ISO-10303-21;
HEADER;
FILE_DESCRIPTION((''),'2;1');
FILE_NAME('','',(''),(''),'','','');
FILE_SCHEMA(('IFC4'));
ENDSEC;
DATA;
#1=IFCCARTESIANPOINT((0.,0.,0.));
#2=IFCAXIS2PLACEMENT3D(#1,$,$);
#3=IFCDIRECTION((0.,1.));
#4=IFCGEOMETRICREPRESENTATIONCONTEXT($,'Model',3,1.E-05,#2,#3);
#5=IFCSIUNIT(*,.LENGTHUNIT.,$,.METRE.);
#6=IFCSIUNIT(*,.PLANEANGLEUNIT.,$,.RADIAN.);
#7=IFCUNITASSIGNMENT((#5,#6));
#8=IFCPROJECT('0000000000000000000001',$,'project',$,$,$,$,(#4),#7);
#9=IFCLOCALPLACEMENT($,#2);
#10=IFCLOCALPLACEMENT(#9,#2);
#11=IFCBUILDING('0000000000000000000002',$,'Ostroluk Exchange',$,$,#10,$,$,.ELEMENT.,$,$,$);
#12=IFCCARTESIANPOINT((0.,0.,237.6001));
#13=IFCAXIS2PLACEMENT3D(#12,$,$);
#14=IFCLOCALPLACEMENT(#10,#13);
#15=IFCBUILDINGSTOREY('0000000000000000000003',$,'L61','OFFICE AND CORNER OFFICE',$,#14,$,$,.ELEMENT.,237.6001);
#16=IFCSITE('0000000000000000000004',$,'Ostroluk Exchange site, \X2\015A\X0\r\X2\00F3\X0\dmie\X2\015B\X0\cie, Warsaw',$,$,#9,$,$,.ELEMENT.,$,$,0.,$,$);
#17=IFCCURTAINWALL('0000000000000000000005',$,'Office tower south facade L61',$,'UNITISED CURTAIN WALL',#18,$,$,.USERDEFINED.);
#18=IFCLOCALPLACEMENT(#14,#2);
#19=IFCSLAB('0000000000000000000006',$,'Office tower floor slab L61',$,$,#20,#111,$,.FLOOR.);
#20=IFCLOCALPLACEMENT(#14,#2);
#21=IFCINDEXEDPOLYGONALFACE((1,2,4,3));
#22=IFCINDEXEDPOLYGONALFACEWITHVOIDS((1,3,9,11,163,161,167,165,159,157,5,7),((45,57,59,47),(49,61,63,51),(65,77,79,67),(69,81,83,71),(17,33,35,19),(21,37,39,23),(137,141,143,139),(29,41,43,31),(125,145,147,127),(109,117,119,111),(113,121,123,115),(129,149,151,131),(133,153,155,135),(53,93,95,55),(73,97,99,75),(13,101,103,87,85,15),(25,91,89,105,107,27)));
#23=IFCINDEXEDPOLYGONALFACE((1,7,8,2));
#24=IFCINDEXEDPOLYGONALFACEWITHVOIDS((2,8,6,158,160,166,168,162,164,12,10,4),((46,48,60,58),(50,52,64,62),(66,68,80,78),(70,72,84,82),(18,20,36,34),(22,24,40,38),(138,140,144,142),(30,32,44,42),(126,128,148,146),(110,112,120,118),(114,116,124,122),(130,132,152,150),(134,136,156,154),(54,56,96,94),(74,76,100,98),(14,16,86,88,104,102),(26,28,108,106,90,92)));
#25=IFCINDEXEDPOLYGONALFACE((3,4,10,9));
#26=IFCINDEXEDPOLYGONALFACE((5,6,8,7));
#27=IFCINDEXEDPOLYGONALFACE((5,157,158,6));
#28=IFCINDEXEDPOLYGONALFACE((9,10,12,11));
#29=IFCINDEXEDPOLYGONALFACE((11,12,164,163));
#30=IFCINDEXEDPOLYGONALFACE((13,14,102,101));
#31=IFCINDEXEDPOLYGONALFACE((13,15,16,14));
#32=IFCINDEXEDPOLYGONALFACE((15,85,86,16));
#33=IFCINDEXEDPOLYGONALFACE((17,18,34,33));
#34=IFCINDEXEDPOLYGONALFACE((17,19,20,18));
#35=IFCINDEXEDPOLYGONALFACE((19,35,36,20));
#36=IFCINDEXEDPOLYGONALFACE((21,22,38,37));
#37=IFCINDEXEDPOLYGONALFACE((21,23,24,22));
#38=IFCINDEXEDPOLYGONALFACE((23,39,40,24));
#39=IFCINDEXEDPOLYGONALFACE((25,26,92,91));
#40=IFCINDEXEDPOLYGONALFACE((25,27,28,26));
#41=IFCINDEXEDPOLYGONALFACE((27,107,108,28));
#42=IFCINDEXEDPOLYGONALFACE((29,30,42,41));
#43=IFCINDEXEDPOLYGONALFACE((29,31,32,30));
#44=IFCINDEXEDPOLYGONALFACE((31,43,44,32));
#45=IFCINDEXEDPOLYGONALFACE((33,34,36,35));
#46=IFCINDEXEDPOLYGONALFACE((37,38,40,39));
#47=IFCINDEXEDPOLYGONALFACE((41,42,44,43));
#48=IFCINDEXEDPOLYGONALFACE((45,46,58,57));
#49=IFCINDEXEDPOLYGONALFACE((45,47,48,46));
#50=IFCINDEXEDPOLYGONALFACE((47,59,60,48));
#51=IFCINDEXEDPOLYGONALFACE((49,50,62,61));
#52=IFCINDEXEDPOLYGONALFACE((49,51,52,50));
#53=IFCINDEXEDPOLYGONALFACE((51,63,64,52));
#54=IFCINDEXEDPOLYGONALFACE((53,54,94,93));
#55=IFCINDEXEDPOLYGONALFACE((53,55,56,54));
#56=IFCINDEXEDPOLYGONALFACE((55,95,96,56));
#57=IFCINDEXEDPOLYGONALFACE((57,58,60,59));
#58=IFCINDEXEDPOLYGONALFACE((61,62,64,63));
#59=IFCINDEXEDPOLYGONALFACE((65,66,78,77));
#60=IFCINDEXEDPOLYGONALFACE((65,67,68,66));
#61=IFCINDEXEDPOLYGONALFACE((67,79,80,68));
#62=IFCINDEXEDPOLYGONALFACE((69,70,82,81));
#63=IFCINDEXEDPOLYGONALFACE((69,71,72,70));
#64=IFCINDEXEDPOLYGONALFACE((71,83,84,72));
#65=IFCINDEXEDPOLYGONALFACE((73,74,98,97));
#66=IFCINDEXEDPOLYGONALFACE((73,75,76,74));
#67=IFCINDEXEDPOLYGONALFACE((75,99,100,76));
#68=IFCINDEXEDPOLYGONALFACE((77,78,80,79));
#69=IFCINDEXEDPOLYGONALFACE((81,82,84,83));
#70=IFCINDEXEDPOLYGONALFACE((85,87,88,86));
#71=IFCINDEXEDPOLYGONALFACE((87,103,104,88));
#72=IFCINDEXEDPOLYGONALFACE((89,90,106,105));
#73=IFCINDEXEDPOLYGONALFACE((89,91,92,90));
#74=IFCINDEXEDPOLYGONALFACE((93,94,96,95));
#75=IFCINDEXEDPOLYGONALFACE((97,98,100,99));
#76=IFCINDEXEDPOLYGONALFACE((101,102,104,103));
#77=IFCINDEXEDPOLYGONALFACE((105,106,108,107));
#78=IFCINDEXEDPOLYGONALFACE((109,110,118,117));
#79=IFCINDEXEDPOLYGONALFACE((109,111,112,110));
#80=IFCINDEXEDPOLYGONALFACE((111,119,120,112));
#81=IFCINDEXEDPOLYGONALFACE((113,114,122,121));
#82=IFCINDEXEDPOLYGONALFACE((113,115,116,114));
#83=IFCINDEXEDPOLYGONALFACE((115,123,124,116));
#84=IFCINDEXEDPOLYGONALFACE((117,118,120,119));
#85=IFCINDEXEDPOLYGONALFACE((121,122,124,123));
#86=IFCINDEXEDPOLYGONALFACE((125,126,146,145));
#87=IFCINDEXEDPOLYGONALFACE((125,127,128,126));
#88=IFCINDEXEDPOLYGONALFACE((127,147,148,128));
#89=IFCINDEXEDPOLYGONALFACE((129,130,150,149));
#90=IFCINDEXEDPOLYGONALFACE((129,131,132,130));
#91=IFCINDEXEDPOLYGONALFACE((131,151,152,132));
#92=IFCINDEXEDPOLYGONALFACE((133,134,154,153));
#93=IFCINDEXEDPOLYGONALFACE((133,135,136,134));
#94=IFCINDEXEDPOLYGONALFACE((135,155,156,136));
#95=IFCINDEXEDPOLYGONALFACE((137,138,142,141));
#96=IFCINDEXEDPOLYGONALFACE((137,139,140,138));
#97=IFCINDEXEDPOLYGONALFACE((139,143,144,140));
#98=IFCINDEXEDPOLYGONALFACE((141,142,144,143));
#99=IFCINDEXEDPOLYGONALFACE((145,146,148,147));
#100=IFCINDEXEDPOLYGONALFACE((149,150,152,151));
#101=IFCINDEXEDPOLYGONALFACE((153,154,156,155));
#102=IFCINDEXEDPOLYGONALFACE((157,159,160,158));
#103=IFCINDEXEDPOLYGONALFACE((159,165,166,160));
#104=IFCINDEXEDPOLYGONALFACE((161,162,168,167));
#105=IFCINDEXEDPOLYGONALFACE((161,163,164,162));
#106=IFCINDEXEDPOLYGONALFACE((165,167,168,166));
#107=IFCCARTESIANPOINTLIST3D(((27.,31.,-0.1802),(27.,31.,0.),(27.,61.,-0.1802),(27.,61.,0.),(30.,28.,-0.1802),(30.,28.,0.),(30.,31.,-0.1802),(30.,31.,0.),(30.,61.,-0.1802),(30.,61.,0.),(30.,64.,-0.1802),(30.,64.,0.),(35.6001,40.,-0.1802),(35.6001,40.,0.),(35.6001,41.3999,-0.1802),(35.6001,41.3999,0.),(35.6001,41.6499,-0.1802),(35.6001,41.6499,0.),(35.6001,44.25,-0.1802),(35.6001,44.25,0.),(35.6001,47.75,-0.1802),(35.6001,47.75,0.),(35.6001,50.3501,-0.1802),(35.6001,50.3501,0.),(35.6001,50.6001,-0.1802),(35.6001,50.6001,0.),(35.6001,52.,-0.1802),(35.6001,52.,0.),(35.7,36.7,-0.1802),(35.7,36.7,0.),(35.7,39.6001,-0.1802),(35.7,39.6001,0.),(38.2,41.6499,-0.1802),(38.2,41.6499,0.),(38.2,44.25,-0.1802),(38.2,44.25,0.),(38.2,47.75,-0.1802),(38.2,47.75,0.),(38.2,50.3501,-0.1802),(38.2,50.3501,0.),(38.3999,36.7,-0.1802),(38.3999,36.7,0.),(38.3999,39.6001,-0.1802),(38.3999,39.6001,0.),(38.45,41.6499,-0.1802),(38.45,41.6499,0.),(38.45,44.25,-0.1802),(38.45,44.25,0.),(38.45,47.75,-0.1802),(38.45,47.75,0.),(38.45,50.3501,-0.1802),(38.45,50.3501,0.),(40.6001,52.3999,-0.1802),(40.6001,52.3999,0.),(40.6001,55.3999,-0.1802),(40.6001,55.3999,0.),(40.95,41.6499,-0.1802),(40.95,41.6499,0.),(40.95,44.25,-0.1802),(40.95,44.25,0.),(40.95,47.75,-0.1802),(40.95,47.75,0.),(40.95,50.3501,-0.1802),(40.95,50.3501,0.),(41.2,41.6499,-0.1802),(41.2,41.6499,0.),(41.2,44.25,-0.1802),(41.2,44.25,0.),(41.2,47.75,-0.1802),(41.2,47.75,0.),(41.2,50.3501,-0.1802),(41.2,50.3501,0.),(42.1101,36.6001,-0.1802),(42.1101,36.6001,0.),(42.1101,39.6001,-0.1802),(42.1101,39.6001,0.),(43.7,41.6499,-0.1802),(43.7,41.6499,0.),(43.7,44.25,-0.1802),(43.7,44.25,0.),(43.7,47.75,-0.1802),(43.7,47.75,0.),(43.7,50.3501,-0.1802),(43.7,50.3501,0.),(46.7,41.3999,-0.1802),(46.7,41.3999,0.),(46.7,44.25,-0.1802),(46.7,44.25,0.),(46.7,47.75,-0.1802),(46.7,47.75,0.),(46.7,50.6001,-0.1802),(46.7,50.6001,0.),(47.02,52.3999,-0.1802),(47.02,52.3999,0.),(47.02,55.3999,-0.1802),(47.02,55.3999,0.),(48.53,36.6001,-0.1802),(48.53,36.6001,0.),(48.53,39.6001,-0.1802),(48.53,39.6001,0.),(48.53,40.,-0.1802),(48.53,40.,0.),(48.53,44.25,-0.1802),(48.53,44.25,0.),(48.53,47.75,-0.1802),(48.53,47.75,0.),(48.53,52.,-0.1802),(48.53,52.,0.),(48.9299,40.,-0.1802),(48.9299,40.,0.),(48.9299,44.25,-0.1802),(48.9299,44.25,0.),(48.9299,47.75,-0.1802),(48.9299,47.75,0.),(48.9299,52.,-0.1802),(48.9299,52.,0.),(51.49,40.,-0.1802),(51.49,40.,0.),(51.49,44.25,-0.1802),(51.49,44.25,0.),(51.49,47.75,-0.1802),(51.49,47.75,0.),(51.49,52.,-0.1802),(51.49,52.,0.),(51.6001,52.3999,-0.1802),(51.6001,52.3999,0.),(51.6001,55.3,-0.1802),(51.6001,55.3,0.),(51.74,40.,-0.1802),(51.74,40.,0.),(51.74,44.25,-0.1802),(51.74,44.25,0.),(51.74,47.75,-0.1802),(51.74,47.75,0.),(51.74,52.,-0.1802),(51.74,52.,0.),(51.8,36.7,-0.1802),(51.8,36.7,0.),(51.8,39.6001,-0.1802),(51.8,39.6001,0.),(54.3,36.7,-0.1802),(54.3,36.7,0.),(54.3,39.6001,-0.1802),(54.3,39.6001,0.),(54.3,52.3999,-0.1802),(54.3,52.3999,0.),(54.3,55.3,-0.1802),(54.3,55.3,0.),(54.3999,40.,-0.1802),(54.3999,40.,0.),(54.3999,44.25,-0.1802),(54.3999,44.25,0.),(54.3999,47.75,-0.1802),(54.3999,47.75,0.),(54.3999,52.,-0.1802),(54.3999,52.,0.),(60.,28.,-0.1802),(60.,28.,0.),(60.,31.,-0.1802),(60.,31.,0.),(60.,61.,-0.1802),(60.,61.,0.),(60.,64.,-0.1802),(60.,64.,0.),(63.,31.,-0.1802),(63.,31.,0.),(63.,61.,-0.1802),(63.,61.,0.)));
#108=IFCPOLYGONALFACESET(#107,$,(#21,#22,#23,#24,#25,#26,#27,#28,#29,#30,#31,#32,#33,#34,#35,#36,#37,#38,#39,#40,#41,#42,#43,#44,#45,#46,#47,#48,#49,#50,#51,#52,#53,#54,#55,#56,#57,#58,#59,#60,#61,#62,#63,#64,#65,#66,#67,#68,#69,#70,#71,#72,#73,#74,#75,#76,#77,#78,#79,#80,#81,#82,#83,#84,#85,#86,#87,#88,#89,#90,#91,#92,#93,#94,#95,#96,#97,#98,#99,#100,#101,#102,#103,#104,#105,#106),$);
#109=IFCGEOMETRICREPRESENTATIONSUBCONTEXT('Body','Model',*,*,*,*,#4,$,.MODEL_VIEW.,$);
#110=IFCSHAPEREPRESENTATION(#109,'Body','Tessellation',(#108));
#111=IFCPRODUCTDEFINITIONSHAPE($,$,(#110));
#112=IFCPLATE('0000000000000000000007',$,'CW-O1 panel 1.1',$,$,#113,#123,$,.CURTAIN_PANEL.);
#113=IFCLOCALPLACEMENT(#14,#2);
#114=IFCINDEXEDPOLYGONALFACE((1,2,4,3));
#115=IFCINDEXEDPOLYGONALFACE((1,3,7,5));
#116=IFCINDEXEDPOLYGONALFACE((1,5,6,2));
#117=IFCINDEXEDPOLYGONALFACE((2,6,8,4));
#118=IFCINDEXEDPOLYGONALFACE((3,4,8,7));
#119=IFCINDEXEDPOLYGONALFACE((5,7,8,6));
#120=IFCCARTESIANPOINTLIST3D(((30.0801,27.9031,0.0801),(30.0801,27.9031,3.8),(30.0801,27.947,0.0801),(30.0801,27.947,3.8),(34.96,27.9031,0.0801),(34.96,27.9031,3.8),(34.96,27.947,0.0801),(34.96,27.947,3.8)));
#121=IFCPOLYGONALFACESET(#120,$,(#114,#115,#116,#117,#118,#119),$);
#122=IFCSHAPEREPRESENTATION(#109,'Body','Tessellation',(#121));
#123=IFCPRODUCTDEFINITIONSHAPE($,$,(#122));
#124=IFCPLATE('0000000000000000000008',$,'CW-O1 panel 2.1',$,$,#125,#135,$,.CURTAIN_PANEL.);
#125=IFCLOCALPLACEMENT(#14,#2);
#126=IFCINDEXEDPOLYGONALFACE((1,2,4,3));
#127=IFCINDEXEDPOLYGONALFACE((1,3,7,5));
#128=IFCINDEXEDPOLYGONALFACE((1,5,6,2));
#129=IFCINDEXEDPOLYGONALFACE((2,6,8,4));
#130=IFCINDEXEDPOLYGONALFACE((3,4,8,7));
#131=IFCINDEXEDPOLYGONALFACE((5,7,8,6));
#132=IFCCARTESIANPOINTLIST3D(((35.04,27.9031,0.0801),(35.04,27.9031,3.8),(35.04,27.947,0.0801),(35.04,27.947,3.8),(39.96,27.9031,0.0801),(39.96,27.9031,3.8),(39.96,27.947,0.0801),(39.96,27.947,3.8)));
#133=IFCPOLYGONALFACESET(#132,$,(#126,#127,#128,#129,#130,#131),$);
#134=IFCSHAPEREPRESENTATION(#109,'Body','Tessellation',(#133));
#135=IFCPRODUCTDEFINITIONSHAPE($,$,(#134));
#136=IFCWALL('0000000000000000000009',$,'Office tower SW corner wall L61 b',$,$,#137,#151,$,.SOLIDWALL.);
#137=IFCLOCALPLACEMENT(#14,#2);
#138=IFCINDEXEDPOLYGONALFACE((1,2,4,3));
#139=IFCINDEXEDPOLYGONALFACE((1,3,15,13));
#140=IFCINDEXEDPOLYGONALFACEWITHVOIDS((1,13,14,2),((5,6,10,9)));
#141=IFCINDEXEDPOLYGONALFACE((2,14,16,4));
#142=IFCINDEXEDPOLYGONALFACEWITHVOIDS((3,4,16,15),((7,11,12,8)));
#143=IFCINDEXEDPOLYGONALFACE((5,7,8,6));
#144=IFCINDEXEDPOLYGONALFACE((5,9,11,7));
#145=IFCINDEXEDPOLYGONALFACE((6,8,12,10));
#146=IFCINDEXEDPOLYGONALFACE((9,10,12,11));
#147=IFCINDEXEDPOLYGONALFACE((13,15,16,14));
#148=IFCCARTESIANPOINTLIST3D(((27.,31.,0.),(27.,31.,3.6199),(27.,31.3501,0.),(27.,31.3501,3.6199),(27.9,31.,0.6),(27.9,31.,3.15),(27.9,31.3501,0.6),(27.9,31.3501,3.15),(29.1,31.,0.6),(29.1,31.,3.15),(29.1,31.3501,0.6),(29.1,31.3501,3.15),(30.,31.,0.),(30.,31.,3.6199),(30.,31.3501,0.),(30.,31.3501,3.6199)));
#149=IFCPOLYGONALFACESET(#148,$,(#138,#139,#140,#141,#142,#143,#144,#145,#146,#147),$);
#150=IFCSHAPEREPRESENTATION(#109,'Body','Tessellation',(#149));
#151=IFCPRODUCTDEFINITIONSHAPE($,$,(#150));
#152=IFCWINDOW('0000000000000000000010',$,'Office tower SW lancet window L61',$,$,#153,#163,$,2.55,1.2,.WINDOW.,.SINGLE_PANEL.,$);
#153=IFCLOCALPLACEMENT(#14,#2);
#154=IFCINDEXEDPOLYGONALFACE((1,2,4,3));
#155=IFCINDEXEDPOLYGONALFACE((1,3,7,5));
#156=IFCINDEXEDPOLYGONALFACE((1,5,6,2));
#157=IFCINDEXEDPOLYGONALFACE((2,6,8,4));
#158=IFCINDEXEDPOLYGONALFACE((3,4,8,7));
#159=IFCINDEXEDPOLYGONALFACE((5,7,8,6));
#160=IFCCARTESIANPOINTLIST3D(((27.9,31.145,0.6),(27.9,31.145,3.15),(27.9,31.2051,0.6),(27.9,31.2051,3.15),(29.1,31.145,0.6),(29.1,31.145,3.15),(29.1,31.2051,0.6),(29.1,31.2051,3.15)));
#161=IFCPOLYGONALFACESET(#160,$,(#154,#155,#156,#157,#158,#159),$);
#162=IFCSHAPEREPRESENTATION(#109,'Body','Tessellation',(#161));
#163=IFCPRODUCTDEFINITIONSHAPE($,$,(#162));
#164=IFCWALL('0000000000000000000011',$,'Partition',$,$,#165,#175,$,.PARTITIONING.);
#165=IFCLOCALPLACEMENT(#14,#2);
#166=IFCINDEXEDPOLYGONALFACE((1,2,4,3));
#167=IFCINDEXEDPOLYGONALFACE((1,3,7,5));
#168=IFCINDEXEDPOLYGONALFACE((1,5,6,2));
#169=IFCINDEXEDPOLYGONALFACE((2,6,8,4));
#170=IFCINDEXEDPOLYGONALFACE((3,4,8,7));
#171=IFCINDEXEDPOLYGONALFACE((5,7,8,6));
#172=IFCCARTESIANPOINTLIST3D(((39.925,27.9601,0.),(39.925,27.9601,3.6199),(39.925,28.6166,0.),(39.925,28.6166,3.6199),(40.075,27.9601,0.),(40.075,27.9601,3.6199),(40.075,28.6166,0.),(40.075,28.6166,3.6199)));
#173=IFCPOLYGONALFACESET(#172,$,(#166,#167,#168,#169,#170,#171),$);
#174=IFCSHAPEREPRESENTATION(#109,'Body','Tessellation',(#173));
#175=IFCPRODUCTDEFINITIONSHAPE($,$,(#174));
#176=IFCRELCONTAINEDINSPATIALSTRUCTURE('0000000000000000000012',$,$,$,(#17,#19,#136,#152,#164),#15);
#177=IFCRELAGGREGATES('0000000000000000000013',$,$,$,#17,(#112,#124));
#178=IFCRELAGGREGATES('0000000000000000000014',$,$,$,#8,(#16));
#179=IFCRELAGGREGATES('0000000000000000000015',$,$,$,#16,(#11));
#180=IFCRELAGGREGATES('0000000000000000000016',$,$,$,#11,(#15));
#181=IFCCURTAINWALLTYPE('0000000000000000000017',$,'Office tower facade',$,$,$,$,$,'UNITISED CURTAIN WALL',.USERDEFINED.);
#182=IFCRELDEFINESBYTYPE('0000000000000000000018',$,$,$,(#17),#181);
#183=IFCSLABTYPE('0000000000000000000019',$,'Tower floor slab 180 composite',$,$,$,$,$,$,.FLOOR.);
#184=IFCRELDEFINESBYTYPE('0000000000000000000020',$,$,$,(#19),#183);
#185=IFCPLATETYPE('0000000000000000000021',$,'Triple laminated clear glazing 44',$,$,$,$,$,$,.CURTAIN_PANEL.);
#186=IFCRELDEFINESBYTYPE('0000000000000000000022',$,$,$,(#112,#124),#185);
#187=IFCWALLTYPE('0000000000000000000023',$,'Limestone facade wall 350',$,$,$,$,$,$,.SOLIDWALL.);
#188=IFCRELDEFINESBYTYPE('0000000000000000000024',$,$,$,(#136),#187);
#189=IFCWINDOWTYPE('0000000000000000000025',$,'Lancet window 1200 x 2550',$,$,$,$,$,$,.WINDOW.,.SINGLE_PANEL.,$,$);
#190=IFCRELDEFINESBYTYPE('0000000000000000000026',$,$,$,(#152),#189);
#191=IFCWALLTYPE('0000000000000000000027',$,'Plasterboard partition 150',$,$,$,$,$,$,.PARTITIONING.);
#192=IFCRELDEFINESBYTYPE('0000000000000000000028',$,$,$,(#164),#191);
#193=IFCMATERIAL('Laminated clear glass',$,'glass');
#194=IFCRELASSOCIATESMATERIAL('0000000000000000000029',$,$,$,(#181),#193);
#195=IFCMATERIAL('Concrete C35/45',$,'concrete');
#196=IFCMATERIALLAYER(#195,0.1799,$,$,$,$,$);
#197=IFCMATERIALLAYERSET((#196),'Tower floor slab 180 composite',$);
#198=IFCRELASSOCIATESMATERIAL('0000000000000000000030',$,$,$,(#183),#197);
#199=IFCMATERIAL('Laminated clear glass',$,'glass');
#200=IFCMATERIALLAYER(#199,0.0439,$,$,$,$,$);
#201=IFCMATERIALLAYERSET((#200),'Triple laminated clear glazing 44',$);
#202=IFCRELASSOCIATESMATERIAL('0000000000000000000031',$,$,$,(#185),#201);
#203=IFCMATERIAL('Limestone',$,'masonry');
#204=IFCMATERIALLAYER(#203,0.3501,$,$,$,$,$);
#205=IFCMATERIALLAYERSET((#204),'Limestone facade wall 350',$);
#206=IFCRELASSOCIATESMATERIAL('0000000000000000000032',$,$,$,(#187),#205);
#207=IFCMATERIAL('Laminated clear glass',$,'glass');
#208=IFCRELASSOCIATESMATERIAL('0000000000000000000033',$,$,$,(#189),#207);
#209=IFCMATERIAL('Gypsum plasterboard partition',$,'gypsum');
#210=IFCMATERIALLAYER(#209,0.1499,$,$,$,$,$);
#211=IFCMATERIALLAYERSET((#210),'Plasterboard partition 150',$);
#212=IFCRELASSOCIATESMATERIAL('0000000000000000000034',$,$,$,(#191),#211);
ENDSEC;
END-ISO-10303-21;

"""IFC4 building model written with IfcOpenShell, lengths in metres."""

from ifc_helpers import new_model, si_unit, direction, frame, frame_2d, origin, origin_2d, place, context, subcontext, project, spatial, polyline, rectangle, outline, extrude, material, layer, layer_set, type_object, element, fill, aggregate, save


model = new_model("IFC4")

# Units and contexts
model_context = context("Model", 3, precision=1e-05, world=origin(), true_north=direction((0.0, 1.0)))
body_context = subcontext(model_context, "Body", "Model", "MODEL_VIEW")
ifc_project = project(units=[si_unit("LENGTHUNIT", "METRE"), si_unit("PLANEANGLEUNIT", "RADIAN")], contexts=[model_context])

# Site, building, storey
site_placement = place(None, origin())
site = spatial("IfcSite", under=ifc_project, at=site_placement, Name="Ostroluk Exchange site, Śródmieście, Warsaw", CompositionType="ELEMENT", RefElevation=0.0)
building_placement = place(site_placement, origin())
building = spatial("IfcBuilding", under=site, at=building_placement, Name="Ostroluk Exchange", CompositionType="ELEMENT")
storey_placement = place(building_placement, frame((0.0, 0.0, 237.6001)))
storey = spatial("IfcBuildingStorey", under=building, at=storey_placement, Name="L61", Description="OFFICE AND CORNER OFFICE", CompositionType="ELEMENT", Elevation=237.6001)

# Curtain wall
ifc_material_1 = material(Name="Laminated clear glass", Category="glass")
curtain_wall_type = type_object("IfcCurtainWallType", Name="Office tower facade", ElementType="UNITISED CURTAIN WALL", PredefinedType="USERDEFINED", material=ifc_material_1)
curtain_wall_1_placement = place(storey_placement, origin())
curtain_wall_1 = element("IfcCurtainWall", 1, at=curtain_wall_1_placement, inside=storey, type_object=curtain_wall_type, Name="Office tower south facade L61", ObjectType="UNITISED CURTAIN WALL", PredefinedType="USERDEFINED")

# Slab
ifc_material_2 = material(Name="Concrete C35/45", Category="concrete")
ifc_layer_1 = layer(ifc_material_2, 0.1799)
ifc_layer_set_1 = layer_set([ifc_layer_1], Name="Tower floor slab 180 composite")
slab_type_1 = type_object("IfcSlabType", Name="Tower floor slab 180 composite", PredefinedType="FLOOR", material=ifc_layer_set_1)
slab_1_placement = place(storey_placement, frame((0.0, 0.0, -0.1802)))
element("IfcSlab", 2, at=slab_1_placement, inside=storey, type_object=slab_type_1, Name="Office tower floor slab L61", PredefinedType="FLOOR", context=body_context, shape_type="SweptSolid", body=[
    extrude(outline(polyline([(30.0, 28.0), (60.0, 28.0), (60.0, 31.0), (63.0, 31.0), (63.0, 61.0), (60.0, 61.0), (60.0, 64.0), (30.0, 64.0), (30.0, 61.0), (27.0, 61.0), (27.0, 31.0), (30.0, 31.0), (30.0, 28.0)]), holes=[polyline([(35.7, 36.7), (38.3999, 36.7), (38.3999, 39.6001), (35.7, 39.6001), (35.7, 36.7)]), polyline([(42.1101, 36.6001), (48.53, 36.6001), (48.53, 39.6001), (42.1101, 39.6001), (42.1101, 36.6001)]), polyline([(51.8, 36.7), (54.3, 36.7), (54.3, 39.6001), (51.8, 39.6001), (51.8, 36.7)]), polyline([(40.6001, 52.3999), (47.02, 52.3999), (47.02, 55.3999), (40.6001, 55.3999), (40.6001, 52.3999)]), polyline([(51.6001, 52.3999), (54.3, 52.3999), (54.3, 55.3), (51.6001, 55.3), (51.6001, 52.3999)]), polyline([(35.6001, 47.75), (38.2, 47.75), (38.2, 50.3501), (35.6001, 50.3501), (35.6001, 47.75)]), polyline([(38.45, 47.75), (40.95, 47.75), (40.95, 50.3501), (38.45, 50.3501), (38.45, 47.75)]), polyline([(41.2, 47.75), (43.7, 47.75), (43.7, 50.3501), (41.2, 50.3501), (41.2, 47.75)]), polyline([(35.6001, 41.6499), (38.2, 41.6499), (38.2, 44.25), (35.6001, 44.25), (35.6001, 41.6499)]), polyline([(38.45, 41.6499), (40.95, 41.6499), (40.95, 44.25), (38.45, 44.25), (38.45, 41.6499)]), polyline([(41.2, 41.6499), (43.7, 41.6499), (43.7, 44.25), (41.2, 44.25), (41.2, 41.6499)]), polyline([(48.9299, 47.75), (51.49, 47.75), (51.49, 52.0), (48.9299, 52.0), (48.9299, 47.75)]), polyline([(51.74, 47.75), (54.3999, 47.75), (54.3999, 52.0), (51.74, 52.0), (51.74, 47.75)]), polyline([(48.9299, 40.0), (51.49, 40.0), (51.49, 44.25), (48.9299, 44.25), (48.9299, 40.0)]), polyline([(51.74, 40.0), (54.3999, 40.0), (54.3999, 44.25), (51.74, 44.25), (51.74, 40.0)]), polyline([(48.53, 52.0), (48.53, 47.75), (46.7, 47.75), (46.7, 50.6001), (35.6001, 50.6001), (35.6001, 52.0), (48.53, 52.0)]), polyline([(35.6001, 40.0), (35.6001, 41.3999), (46.7, 41.3999), (46.7, 44.25), (48.53, 44.25), (48.53, 40.0), (35.6001, 40.0)])]), origin(), (0.0, 0.0, 1.0), 0.1802),
])

# Plates
ifc_material_3 = material(Name="Laminated clear glass", Category="glass")
ifc_layer_2 = layer(ifc_material_3, 0.0439)
ifc_layer_set_2 = layer_set([ifc_layer_2], Name="Triple laminated clear glazing 44")
plate_type_1 = type_object("IfcPlateType", Name="Triple laminated clear glazing 44", PredefinedType="CURTAIN_PANEL", material=ifc_layer_set_2)
plate_1_placement = place(storey_placement, frame((32.52, 27.925, 0.0801), z_axis=(0.0, 0.0, 1.0), x_axis=(1.0, 0.0, 0.0)))
plate_1 = element("IfcPlate", 3, at=plate_1_placement, type_object=plate_type_1, Name="CW-O1 panel 1.1", PredefinedType="CURTAIN_PANEL", context=body_context, shape_type="SweptSolid", body=[
    extrude(rectangle(XDim=4.8799, YDim=0.0439, at=origin_2d()), origin(), (0.0, 0.0, 1.0), 3.72),
])
plate_2_placement = place(storey_placement, frame((37.5, 27.925, 0.0801), z_axis=(0.0, 0.0, 1.0), x_axis=(1.0, 0.0, 0.0)))
plate_2 = element("IfcPlate", 4, at=plate_2_placement, type_object=plate_type_1, Name="CW-O1 panel 2.1", PredefinedType="CURTAIN_PANEL", context=body_context, shape_type="SweptSolid", body=[
    extrude(rectangle(XDim=4.9199, YDim=0.0439, at=origin_2d()), origin(), (0.0, 0.0, 1.0), 3.72),
])
aggregate(curtain_wall_1, [plate_1, plate_2])

# Shared definitions
ifc_material_4 = material(Name="Limestone", Category="masonry")
ifc_layer_3 = layer(ifc_material_4, 0.3501)
ifc_layer_set_3 = layer_set([ifc_layer_3], Name="Limestone facade wall 350")
wall_type_1 = type_object("IfcWallType", Name="Limestone facade wall 350", PredefinedType="SOLIDWALL", material=ifc_layer_set_3)

# Wall, opening, window
wall_1_placement = place(storey_placement, frame((30.0, 31.175, 0.0), z_axis=(0.0, 0.0, 1.0), x_axis=(-1.0, 0.0, 0.0)))
wall_1 = element("IfcWall", 5, at=wall_1_placement, inside=storey, type_object=wall_type_1, Name="Office tower SW corner wall L61 b", PredefinedType="SOLIDWALL", context=body_context, shape_type="SweptSolid", body=[
    extrude(rectangle(XDim=3.0, YDim=0.3501, at=frame_2d((1.5, 0.0))), origin(), (0.0, 0.0, 1.0), 3.6199),
])
opening_1_placement = place(wall_1_placement, frame((0.8999, 0.0, 0.6001)))
opening_1 = element("IfcOpeningElement", 6, at=opening_1_placement, cuts=wall_1, PredefinedType="OPENING", context=body_context, shape_type="SweptSolid", body=[
    extrude(rectangle(XDim=1.2, YDim=2.55, at=frame_2d((0.6001, 1.2749))), frame((0.0, 0.1851, 0.0), z_axis=(0.0, -1.0, 0.0), x_axis=(1.0, 0.0, 0.0)), (0.0, 0.0, 1.0), 0.3701),
])
ifc_material_5 = material(Name="Laminated clear glass", Category="glass")
window_type = type_object("IfcWindowType", Name="Lancet window 1200 x 2550", PartitioningType="SINGLE_PANEL", PredefinedType="WINDOW", material=ifc_material_5)
window_placement = place(opening_1_placement, origin())
window = element("IfcWindow", 7, at=window_placement, inside=storey, type_object=window_type, Name="Office tower SW lancet window L61", OverallHeight=2.55, OverallWidth=1.2, PartitioningType="SINGLE_PANEL", PredefinedType="WINDOW", context=body_context, shape_type="SweptSolid", body=[
    extrude(rectangle(XDim=1.2, YDim=2.55, at=frame_2d((0.6001, 1.2749))), frame((0.0, 0.03, 0.0), z_axis=(0.0, -1.0, 0.0), x_axis=(1.0, 0.0, 0.0)), (0.0, 0.0, 1.0), 0.0601),
])
fill(opening_1, window)

# Wall
ifc_material_6 = material(Name="Gypsum plasterboard partition", Category="gypsum")
ifc_layer_4 = layer(ifc_material_6, 0.1499)
ifc_layer_set_4 = layer_set([ifc_layer_4], Name="Plasterboard partition 150")
wall_type_2 = type_object("IfcWallType", Name="Plasterboard partition 150", PredefinedType="PARTITIONING", material=ifc_layer_set_4)
wall_2_placement = place(storey_placement, frame((40.0, 28.6165, 0.0), z_axis=(0.0, 0.0, 1.0), x_axis=(0.0, -1.0, 0.0)))
element("IfcWall", 8, at=wall_2_placement, inside=storey, type_object=wall_type_2, Name="Partition", PredefinedType="PARTITIONING", context=body_context, shape_type="SweptSolid", body=[
    extrude(rectangle(XDim=0.6565, YDim=0.1499, at=frame_2d((0.3281, 0.0))), origin(), (0.0, 0.0, 1.0), 3.6199),
])

save(model, "model.ifc")
